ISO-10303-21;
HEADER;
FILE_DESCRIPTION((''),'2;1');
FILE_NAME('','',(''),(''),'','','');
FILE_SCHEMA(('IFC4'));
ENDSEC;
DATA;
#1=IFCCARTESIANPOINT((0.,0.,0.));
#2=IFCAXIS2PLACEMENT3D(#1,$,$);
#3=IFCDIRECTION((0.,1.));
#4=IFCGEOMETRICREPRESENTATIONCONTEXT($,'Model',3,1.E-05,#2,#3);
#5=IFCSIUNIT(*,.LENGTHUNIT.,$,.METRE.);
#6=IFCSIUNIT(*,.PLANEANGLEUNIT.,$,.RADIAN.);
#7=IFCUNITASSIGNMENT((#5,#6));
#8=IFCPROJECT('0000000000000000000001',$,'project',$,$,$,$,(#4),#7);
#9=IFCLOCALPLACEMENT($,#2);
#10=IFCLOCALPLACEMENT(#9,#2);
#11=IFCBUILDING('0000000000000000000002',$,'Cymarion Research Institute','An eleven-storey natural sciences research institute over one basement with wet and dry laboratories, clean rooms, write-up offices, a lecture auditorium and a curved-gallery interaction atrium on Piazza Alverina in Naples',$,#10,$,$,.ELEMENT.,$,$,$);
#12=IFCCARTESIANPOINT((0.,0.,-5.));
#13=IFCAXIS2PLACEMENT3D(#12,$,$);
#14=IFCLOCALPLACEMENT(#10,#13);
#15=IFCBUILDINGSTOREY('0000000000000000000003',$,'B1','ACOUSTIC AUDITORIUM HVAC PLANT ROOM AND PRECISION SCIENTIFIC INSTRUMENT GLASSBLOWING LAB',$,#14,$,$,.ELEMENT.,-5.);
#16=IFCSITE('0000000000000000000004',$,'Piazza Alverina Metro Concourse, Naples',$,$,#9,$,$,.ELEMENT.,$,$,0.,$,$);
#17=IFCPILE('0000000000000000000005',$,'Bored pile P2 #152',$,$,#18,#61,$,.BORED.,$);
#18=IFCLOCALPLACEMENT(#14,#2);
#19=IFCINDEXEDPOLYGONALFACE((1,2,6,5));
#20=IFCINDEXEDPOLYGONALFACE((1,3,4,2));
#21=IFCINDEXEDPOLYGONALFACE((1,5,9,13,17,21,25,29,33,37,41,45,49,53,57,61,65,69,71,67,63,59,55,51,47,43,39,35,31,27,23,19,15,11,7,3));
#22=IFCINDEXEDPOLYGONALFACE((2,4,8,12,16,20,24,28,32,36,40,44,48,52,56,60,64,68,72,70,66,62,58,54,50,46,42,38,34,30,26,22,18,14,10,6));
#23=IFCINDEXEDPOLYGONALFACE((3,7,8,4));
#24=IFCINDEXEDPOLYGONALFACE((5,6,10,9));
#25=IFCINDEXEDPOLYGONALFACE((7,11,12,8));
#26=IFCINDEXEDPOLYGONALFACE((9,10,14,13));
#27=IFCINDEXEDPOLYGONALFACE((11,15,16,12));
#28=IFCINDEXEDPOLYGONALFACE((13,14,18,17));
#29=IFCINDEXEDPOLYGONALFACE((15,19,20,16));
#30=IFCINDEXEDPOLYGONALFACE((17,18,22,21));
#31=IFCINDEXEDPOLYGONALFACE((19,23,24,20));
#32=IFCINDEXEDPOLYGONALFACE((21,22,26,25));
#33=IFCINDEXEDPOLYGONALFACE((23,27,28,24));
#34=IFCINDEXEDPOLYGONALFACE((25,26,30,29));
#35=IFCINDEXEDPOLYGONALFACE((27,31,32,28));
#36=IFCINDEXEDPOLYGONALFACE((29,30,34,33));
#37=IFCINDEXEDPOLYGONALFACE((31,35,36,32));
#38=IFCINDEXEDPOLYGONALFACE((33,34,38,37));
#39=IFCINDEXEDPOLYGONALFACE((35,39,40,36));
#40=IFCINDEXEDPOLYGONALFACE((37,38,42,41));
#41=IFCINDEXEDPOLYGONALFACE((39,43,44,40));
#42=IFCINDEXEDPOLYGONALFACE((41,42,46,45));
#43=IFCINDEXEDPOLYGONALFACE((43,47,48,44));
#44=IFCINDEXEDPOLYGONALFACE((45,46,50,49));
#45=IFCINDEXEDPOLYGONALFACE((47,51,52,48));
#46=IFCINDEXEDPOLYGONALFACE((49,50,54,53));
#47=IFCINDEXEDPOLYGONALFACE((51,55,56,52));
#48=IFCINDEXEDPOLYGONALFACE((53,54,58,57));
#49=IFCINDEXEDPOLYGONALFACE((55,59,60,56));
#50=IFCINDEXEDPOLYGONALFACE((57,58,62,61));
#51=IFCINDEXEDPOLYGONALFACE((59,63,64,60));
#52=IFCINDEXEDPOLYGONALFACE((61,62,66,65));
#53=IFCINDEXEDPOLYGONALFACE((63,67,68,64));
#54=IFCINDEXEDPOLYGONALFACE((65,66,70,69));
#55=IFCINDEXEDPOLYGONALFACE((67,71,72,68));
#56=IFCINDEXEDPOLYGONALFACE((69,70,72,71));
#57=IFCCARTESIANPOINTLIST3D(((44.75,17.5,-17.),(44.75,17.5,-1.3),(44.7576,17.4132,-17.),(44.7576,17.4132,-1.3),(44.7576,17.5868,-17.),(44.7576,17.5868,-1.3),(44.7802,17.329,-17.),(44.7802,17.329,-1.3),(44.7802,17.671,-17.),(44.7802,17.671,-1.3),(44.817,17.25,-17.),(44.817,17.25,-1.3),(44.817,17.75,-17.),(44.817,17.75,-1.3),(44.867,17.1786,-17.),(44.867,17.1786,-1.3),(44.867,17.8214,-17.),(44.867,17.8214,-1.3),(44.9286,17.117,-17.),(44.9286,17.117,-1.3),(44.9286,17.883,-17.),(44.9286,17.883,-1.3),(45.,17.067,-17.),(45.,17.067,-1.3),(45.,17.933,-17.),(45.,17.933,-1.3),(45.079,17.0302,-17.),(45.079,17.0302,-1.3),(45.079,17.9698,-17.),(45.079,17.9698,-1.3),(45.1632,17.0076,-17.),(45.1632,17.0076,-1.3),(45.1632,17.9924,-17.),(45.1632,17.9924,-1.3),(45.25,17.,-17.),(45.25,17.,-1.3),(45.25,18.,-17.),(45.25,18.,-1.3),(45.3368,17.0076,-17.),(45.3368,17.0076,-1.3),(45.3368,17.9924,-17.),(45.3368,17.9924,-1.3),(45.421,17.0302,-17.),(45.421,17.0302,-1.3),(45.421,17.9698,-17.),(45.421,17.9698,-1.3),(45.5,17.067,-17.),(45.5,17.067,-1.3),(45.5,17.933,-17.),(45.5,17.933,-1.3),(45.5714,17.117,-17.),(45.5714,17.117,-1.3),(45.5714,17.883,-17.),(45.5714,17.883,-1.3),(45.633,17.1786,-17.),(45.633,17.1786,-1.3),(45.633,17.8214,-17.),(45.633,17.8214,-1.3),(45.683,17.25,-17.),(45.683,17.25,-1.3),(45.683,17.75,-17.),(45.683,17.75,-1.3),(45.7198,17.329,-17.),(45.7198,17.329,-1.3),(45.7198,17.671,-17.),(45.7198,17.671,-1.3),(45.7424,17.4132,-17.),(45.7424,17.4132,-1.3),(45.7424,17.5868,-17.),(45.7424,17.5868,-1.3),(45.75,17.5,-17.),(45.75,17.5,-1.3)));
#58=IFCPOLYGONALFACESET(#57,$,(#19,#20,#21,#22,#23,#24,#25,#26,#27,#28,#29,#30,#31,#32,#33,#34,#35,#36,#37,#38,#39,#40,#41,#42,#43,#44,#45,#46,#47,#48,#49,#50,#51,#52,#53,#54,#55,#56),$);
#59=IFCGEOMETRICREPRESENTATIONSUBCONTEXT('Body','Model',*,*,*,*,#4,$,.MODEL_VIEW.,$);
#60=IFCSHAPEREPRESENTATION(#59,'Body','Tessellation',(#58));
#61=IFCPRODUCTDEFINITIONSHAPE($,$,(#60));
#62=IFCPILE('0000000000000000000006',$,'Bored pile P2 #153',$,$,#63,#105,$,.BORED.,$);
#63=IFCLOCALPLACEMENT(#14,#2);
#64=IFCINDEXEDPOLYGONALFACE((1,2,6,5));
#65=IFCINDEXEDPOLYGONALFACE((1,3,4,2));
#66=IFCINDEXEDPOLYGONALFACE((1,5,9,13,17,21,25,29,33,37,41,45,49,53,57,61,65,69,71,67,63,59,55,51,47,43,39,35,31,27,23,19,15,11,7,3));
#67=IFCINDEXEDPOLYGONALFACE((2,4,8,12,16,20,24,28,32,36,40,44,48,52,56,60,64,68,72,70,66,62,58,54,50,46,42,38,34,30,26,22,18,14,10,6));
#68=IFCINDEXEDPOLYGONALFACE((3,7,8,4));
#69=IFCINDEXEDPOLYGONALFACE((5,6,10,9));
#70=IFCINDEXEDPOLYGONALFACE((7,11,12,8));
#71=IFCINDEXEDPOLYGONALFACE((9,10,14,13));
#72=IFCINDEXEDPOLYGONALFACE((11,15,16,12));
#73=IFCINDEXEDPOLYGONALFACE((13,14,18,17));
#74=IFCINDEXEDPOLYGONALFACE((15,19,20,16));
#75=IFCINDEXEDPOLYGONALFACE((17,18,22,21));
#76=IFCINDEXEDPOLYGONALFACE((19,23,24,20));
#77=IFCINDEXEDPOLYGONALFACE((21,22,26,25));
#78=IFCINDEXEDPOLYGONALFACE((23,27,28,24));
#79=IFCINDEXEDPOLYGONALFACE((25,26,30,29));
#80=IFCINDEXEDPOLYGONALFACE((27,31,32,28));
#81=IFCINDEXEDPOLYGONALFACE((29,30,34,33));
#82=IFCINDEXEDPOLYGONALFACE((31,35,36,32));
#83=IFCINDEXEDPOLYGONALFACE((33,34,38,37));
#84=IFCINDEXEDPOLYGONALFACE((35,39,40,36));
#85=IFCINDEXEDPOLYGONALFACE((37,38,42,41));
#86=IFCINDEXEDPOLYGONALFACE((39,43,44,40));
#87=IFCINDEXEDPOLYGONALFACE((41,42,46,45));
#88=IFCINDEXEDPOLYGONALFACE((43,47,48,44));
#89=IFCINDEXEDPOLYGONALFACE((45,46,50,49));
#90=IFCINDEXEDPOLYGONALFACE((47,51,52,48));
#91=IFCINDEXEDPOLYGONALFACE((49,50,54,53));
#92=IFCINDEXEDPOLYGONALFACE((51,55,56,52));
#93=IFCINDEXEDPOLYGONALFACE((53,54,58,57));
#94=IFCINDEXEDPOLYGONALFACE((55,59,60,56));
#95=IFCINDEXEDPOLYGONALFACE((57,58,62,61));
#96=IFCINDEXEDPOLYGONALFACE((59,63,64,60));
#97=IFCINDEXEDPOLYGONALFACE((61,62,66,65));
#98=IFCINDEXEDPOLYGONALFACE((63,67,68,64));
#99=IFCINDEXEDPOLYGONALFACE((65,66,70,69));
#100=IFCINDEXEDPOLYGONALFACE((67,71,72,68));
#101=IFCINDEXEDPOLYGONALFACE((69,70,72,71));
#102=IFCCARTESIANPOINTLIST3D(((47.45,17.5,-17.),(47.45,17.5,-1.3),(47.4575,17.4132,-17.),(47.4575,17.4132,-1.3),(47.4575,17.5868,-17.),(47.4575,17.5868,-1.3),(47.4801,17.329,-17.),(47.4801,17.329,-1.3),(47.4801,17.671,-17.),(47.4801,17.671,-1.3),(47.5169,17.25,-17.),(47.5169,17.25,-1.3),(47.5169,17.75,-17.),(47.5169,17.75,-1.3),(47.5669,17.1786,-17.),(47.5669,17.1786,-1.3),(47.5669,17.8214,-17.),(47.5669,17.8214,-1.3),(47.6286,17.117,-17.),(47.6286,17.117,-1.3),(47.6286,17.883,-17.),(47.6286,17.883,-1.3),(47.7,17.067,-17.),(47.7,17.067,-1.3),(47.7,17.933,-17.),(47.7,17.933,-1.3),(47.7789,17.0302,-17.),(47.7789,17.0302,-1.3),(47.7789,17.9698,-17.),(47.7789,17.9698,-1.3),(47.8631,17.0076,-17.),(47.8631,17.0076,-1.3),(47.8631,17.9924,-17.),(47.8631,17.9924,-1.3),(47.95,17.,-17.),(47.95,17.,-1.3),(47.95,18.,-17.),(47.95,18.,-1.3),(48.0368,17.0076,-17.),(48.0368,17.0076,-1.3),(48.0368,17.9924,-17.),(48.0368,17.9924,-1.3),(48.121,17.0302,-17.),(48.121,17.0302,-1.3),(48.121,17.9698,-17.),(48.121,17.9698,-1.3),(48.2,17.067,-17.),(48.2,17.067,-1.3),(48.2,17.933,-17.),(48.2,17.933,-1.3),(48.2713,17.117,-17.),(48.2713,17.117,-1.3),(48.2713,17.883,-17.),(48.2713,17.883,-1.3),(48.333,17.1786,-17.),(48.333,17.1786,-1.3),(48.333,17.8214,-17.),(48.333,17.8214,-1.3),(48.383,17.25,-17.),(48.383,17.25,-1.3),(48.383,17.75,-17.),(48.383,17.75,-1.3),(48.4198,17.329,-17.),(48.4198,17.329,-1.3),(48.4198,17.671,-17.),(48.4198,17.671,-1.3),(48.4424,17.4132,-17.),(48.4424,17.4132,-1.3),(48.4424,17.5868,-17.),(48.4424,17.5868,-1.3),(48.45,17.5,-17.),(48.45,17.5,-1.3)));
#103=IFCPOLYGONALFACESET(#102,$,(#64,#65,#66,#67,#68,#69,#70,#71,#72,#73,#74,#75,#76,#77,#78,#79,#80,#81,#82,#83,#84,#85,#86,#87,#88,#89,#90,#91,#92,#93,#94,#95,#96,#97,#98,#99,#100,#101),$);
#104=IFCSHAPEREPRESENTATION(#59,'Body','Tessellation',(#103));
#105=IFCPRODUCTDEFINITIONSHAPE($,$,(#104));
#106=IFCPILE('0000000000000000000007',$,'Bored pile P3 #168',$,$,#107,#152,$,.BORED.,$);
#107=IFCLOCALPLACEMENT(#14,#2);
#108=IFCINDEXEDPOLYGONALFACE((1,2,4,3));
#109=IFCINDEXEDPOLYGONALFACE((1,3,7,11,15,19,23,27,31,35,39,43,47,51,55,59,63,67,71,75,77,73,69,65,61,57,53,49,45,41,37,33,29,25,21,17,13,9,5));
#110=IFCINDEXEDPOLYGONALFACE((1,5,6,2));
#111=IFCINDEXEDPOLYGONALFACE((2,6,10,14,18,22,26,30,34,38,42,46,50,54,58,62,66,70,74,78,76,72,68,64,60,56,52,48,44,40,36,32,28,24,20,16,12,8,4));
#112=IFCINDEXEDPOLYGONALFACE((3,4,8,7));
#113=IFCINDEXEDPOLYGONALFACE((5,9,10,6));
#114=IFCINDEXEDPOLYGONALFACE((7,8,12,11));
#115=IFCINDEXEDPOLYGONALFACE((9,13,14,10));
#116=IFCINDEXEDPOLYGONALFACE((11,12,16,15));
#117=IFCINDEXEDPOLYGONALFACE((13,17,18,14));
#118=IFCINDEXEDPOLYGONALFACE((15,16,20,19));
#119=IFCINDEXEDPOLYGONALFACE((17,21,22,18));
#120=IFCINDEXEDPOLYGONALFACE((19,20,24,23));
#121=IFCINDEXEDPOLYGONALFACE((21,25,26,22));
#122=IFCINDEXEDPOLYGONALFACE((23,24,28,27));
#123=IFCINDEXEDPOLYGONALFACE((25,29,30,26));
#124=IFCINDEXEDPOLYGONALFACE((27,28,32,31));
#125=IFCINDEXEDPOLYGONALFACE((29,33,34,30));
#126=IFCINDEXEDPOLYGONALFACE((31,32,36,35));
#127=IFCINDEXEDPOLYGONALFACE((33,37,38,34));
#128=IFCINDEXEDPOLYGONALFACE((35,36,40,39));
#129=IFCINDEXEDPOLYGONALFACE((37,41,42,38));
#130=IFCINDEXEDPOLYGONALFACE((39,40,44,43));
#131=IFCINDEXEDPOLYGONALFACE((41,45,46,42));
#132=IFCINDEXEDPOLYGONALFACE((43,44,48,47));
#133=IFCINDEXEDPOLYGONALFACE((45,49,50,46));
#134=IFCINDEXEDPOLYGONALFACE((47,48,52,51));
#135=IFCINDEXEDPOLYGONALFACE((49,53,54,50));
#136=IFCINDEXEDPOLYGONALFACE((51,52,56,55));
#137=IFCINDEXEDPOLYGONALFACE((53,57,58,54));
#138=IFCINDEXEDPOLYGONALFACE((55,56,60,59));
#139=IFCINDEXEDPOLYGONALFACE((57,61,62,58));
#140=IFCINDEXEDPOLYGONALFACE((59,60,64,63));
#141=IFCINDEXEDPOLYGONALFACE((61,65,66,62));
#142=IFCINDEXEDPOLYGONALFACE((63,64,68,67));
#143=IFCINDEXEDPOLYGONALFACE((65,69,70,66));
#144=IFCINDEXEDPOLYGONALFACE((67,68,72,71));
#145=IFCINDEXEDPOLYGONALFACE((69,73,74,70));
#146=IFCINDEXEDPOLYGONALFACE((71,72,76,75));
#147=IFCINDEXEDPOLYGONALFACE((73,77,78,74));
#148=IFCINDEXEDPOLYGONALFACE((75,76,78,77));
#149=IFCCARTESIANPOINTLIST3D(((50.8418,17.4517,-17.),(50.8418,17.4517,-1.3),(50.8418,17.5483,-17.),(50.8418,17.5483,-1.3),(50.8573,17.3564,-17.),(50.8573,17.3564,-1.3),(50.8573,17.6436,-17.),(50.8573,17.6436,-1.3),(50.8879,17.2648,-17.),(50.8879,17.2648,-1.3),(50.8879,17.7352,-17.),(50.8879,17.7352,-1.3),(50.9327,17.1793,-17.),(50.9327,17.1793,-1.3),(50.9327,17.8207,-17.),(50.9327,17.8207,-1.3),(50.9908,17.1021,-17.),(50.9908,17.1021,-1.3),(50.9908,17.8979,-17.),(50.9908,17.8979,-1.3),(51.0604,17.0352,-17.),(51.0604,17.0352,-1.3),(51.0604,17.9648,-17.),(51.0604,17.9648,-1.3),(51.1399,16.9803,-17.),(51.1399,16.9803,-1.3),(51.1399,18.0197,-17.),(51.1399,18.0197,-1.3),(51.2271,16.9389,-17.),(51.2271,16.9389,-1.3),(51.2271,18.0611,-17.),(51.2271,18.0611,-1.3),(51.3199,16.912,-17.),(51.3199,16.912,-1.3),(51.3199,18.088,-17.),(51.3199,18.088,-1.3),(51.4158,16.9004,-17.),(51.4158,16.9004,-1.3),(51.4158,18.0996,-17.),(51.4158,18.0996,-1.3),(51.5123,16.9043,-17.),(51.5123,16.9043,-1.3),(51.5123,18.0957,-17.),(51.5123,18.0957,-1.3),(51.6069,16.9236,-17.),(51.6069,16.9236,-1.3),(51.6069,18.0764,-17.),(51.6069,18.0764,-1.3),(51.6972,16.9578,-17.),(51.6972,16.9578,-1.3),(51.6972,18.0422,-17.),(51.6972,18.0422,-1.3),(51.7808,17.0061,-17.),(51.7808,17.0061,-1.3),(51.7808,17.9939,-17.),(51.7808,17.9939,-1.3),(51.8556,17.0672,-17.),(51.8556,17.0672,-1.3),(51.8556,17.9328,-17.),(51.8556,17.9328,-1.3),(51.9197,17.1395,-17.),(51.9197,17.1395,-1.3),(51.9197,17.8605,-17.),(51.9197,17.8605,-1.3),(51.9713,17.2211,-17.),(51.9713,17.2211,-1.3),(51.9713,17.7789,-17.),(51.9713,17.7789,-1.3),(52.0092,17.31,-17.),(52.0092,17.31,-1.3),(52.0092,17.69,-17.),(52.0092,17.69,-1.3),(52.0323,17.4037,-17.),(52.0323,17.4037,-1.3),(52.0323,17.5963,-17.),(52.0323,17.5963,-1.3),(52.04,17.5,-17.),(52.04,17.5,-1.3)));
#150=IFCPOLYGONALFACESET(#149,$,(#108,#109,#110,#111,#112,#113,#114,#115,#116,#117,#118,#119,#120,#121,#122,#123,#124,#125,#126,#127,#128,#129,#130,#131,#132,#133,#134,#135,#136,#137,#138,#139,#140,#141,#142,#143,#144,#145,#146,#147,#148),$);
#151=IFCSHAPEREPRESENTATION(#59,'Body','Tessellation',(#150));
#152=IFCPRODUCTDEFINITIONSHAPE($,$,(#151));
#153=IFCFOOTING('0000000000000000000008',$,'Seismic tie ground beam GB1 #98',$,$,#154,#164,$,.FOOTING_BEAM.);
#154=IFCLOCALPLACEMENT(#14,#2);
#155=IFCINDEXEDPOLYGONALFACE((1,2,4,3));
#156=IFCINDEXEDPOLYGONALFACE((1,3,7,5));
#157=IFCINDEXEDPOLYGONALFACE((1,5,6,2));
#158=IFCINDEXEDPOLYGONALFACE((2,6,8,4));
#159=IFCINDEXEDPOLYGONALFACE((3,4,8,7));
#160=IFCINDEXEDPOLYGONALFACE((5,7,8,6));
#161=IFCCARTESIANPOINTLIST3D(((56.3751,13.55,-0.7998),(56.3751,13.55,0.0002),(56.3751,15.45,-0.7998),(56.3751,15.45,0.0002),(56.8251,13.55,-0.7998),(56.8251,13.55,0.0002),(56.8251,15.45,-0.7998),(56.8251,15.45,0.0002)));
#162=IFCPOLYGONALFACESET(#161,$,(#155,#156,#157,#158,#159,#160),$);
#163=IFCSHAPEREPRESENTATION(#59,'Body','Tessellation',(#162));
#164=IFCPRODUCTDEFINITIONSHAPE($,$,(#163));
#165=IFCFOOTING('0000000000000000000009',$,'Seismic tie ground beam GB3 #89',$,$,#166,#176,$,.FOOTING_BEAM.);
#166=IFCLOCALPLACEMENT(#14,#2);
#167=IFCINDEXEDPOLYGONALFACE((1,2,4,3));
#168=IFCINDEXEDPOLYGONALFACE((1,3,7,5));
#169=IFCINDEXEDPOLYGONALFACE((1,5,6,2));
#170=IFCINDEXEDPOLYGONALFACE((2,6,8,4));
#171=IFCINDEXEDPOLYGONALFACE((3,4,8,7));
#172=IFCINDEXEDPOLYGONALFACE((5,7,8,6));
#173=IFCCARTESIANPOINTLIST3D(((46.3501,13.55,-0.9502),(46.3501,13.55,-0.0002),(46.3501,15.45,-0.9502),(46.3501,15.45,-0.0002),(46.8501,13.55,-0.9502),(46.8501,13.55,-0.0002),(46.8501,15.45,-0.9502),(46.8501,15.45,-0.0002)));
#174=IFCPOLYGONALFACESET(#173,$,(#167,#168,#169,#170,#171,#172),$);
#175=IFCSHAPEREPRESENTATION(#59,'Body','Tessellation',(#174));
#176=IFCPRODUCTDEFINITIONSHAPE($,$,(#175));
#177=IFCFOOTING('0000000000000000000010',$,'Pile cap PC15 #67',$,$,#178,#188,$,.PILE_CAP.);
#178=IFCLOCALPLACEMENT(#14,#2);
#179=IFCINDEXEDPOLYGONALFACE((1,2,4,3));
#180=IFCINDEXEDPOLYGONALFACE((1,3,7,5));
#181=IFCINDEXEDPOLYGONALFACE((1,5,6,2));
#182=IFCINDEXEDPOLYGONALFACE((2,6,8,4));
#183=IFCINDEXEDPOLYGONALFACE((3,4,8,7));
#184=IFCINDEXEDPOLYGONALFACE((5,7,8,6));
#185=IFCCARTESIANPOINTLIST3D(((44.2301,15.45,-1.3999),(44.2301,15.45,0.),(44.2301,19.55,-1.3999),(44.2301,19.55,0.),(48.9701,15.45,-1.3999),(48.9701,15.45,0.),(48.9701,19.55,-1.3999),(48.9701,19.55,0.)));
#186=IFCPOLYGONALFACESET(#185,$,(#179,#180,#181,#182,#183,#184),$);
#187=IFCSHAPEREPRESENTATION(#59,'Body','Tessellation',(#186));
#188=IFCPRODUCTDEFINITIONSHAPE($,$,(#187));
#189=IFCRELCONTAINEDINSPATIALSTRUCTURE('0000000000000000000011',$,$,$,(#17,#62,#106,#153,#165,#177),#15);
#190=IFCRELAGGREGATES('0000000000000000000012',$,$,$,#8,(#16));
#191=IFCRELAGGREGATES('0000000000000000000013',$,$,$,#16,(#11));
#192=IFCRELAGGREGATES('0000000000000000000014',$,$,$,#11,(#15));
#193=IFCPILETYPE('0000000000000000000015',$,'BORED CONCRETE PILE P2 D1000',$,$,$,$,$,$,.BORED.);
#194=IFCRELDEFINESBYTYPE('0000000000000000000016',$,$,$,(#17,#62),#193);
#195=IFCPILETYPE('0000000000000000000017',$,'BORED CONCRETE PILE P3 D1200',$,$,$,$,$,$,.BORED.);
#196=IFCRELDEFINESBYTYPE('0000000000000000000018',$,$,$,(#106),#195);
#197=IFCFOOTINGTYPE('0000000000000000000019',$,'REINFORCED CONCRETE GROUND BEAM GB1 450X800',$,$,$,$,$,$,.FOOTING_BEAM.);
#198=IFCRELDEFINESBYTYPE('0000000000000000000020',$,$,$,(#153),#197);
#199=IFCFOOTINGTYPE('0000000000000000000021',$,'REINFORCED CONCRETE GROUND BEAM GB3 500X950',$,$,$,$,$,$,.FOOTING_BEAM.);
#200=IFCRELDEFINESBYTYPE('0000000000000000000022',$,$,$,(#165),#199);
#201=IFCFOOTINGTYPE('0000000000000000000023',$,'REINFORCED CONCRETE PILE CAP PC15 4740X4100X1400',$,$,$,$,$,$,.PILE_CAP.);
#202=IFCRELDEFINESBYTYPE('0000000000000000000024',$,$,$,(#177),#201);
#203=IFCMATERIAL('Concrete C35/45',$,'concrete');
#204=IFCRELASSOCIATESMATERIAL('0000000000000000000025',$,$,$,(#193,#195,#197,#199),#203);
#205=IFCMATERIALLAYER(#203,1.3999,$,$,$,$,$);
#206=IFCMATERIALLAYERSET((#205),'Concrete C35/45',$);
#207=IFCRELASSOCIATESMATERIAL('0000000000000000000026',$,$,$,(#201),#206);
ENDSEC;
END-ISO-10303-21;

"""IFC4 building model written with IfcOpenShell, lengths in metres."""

from ifc_helpers import new_model, si_unit, direction, frame, origin, origin_2d, place, context, subcontext, project, spatial, rectangle, circle, extrude, material, layer, layer_set, material_profile, profile_set, type_object, element, save


model = new_model("IFC4")

# Units and contexts
model_context = context("Model", 3, precision=1e-05, world=origin(), true_north=direction((0.0, 1.0)))
body_context = subcontext(model_context, "Body", "Model", "MODEL_VIEW")
ifc_project = project(units=[si_unit("LENGTHUNIT", "METRE"), si_unit("PLANEANGLEUNIT", "RADIAN")], contexts=[model_context])

# Site, building, storey
site_placement = place(None, origin())
site = spatial("IfcSite", under=ifc_project, at=site_placement, Name="Piazza Alverina Metro Concourse, Naples", CompositionType="ELEMENT", RefElevation=0.0)
building_placement = place(site_placement, origin())
building = spatial("IfcBuilding", under=site, at=building_placement, Name="Cymarion Research Institute", Description="An eleven-storey natural sciences research institute over one basement with wet and dry laboratories, clean rooms, write-up offices, a lecture auditorium and a curved-gallery interaction atrium on Piazza Alverina in Naples", CompositionType="ELEMENT")
storey_placement = place(building_placement, frame((0.0, 0.0, -5.0)))
storey = spatial("IfcBuildingStorey", under=building, at=storey_placement, Name="B1", Description="ACOUSTIC AUDITORIUM HVAC PLANT ROOM AND PRECISION SCIENTIFIC INSTRUMENT GLASSBLOWING LAB", CompositionType="ELEMENT", Elevation=-5.0)

# Piles
ifc_material_1 = material(Name="Concrete C35/45", Category="concrete")
ifc_material_profile_1 = material_profile(ifc_material_1, circle(Radius=0.5, at=origin_2d()), Name="BORED PILE D1000")
ifc_profile_set_1 = profile_set([ifc_material_profile_1], Name="Concrete C35/45")
pile_type_1 = type_object("IfcPileType", Name="BORED CONCRETE PILE P2 D1000", PredefinedType="BORED", material=ifc_profile_set_1)
for number, where, z_axis, x_axis, name in (
    (1, (45.25, 17.5, -1.3), (0.0, 0.0, -1.0), (1.0, 0.0, 0.0), "Bored pile P2 #152"),
    (2, (47.95, 17.5, -1.3), (0.0, 0.0, -1.0), (1.0, 0.0, 0.0), "Bored pile P2 #153"),
):
    element("IfcPile", number, at=place(storey_placement, frame(where, z_axis=z_axis, x_axis=x_axis)), inside=storey, type_object=pile_type_1, Name=name, PredefinedType="BORED", context=body_context, shape_type="SweptSolid", body=[
        extrude(circle(Radius=0.5, at=origin_2d()), origin(), (0.0, 0.0, 1.0), 15.7),
    ])
ifc_material_profile_2 = material_profile(ifc_material_1, circle(Radius=0.6001, at=origin_2d()), Name="BORED PILE D1200")
ifc_profile_set_2 = profile_set([ifc_material_profile_2], Name="Concrete C35/45")
pile_type_2 = type_object("IfcPileType", Name="BORED CONCRETE PILE P3 D1200", PredefinedType="BORED", material=ifc_profile_set_2)
pile_placement = place(storey_placement, frame((51.4399, 17.5, -1.3), z_axis=(0.0, 0.0, -1.0), x_axis=(1.0, 0.0, 0.0)))
element("IfcPile", 3, at=pile_placement, inside=storey, type_object=pile_type_2, Name="Bored pile P3 #168", PredefinedType="BORED", context=body_context, shape_type="SweptSolid", body=[
    extrude(circle(Radius=0.6001, at=origin_2d()), origin(), (0.0, 0.0, 1.0), 15.7),
])

# Footings
footing_type_1 = type_object("IfcFootingType", Name="REINFORCED CONCRETE GROUND BEAM GB1 450X800", PredefinedType="FOOTING_BEAM", material=ifc_material_1)
footing_1_placement = place(storey_placement, frame((56.6001, 14.5, -0.7998), z_axis=(0.0, 0.0, 1.0), x_axis=(0.0, 1.0, 0.0)))
element("IfcFooting", 4, at=footing_1_placement, inside=storey, type_object=footing_type_1, Name="Seismic tie ground beam GB1 #98", PredefinedType="FOOTING_BEAM", context=body_context, shape_type="SweptSolid", body=[
    extrude(rectangle(XDim=1.8999, YDim=0.45, at=origin_2d()), origin(), (0.0, 0.0, 1.0), 0.8),
])
footing_type_2 = type_object("IfcFootingType", Name="REINFORCED CONCRETE GROUND BEAM GB3 500X950", PredefinedType="FOOTING_BEAM", material=ifc_material_1)
footing_2_placement = place(storey_placement, frame((46.6001, 14.5, -0.9502), z_axis=(0.0, 0.0, 1.0), x_axis=(0.0, 1.0, 0.0)))
element("IfcFooting", 5, at=footing_2_placement, inside=storey, type_object=footing_type_2, Name="Seismic tie ground beam GB3 #89", PredefinedType="FOOTING_BEAM", context=body_context, shape_type="SweptSolid", body=[
    extrude(rectangle(XDim=1.8999, YDim=0.5, at=origin_2d()), origin(), (0.0, 0.0, 1.0), 0.95),
])
ifc_layer_1 = layer(ifc_material_1, 1.3999)
ifc_layer_set_1 = layer_set([ifc_layer_1], Name="Concrete C35/45")
footing_type_3 = type_object("IfcFootingType", Name="REINFORCED CONCRETE PILE CAP PC15 4740X4100X1400", PredefinedType="PILE_CAP", material=ifc_layer_set_1)
footing_3_placement = place(storey_placement, frame((46.6001, 17.5, -1.3999), z_axis=(0.0, 0.0, 1.0), x_axis=(1.0, 0.0, 0.0)))
element("IfcFooting", 6, at=footing_3_placement, inside=storey, type_object=footing_type_3, Name="Pile cap PC15 #67", PredefinedType="PILE_CAP", context=body_context, shape_type="SweptSolid", body=[
    extrude(rectangle(XDim=4.74, YDim=4.1001, at=origin_2d()), origin(), (0.0, 0.0, 1.0), 1.3999),
])

save(model, "model.ifc")
